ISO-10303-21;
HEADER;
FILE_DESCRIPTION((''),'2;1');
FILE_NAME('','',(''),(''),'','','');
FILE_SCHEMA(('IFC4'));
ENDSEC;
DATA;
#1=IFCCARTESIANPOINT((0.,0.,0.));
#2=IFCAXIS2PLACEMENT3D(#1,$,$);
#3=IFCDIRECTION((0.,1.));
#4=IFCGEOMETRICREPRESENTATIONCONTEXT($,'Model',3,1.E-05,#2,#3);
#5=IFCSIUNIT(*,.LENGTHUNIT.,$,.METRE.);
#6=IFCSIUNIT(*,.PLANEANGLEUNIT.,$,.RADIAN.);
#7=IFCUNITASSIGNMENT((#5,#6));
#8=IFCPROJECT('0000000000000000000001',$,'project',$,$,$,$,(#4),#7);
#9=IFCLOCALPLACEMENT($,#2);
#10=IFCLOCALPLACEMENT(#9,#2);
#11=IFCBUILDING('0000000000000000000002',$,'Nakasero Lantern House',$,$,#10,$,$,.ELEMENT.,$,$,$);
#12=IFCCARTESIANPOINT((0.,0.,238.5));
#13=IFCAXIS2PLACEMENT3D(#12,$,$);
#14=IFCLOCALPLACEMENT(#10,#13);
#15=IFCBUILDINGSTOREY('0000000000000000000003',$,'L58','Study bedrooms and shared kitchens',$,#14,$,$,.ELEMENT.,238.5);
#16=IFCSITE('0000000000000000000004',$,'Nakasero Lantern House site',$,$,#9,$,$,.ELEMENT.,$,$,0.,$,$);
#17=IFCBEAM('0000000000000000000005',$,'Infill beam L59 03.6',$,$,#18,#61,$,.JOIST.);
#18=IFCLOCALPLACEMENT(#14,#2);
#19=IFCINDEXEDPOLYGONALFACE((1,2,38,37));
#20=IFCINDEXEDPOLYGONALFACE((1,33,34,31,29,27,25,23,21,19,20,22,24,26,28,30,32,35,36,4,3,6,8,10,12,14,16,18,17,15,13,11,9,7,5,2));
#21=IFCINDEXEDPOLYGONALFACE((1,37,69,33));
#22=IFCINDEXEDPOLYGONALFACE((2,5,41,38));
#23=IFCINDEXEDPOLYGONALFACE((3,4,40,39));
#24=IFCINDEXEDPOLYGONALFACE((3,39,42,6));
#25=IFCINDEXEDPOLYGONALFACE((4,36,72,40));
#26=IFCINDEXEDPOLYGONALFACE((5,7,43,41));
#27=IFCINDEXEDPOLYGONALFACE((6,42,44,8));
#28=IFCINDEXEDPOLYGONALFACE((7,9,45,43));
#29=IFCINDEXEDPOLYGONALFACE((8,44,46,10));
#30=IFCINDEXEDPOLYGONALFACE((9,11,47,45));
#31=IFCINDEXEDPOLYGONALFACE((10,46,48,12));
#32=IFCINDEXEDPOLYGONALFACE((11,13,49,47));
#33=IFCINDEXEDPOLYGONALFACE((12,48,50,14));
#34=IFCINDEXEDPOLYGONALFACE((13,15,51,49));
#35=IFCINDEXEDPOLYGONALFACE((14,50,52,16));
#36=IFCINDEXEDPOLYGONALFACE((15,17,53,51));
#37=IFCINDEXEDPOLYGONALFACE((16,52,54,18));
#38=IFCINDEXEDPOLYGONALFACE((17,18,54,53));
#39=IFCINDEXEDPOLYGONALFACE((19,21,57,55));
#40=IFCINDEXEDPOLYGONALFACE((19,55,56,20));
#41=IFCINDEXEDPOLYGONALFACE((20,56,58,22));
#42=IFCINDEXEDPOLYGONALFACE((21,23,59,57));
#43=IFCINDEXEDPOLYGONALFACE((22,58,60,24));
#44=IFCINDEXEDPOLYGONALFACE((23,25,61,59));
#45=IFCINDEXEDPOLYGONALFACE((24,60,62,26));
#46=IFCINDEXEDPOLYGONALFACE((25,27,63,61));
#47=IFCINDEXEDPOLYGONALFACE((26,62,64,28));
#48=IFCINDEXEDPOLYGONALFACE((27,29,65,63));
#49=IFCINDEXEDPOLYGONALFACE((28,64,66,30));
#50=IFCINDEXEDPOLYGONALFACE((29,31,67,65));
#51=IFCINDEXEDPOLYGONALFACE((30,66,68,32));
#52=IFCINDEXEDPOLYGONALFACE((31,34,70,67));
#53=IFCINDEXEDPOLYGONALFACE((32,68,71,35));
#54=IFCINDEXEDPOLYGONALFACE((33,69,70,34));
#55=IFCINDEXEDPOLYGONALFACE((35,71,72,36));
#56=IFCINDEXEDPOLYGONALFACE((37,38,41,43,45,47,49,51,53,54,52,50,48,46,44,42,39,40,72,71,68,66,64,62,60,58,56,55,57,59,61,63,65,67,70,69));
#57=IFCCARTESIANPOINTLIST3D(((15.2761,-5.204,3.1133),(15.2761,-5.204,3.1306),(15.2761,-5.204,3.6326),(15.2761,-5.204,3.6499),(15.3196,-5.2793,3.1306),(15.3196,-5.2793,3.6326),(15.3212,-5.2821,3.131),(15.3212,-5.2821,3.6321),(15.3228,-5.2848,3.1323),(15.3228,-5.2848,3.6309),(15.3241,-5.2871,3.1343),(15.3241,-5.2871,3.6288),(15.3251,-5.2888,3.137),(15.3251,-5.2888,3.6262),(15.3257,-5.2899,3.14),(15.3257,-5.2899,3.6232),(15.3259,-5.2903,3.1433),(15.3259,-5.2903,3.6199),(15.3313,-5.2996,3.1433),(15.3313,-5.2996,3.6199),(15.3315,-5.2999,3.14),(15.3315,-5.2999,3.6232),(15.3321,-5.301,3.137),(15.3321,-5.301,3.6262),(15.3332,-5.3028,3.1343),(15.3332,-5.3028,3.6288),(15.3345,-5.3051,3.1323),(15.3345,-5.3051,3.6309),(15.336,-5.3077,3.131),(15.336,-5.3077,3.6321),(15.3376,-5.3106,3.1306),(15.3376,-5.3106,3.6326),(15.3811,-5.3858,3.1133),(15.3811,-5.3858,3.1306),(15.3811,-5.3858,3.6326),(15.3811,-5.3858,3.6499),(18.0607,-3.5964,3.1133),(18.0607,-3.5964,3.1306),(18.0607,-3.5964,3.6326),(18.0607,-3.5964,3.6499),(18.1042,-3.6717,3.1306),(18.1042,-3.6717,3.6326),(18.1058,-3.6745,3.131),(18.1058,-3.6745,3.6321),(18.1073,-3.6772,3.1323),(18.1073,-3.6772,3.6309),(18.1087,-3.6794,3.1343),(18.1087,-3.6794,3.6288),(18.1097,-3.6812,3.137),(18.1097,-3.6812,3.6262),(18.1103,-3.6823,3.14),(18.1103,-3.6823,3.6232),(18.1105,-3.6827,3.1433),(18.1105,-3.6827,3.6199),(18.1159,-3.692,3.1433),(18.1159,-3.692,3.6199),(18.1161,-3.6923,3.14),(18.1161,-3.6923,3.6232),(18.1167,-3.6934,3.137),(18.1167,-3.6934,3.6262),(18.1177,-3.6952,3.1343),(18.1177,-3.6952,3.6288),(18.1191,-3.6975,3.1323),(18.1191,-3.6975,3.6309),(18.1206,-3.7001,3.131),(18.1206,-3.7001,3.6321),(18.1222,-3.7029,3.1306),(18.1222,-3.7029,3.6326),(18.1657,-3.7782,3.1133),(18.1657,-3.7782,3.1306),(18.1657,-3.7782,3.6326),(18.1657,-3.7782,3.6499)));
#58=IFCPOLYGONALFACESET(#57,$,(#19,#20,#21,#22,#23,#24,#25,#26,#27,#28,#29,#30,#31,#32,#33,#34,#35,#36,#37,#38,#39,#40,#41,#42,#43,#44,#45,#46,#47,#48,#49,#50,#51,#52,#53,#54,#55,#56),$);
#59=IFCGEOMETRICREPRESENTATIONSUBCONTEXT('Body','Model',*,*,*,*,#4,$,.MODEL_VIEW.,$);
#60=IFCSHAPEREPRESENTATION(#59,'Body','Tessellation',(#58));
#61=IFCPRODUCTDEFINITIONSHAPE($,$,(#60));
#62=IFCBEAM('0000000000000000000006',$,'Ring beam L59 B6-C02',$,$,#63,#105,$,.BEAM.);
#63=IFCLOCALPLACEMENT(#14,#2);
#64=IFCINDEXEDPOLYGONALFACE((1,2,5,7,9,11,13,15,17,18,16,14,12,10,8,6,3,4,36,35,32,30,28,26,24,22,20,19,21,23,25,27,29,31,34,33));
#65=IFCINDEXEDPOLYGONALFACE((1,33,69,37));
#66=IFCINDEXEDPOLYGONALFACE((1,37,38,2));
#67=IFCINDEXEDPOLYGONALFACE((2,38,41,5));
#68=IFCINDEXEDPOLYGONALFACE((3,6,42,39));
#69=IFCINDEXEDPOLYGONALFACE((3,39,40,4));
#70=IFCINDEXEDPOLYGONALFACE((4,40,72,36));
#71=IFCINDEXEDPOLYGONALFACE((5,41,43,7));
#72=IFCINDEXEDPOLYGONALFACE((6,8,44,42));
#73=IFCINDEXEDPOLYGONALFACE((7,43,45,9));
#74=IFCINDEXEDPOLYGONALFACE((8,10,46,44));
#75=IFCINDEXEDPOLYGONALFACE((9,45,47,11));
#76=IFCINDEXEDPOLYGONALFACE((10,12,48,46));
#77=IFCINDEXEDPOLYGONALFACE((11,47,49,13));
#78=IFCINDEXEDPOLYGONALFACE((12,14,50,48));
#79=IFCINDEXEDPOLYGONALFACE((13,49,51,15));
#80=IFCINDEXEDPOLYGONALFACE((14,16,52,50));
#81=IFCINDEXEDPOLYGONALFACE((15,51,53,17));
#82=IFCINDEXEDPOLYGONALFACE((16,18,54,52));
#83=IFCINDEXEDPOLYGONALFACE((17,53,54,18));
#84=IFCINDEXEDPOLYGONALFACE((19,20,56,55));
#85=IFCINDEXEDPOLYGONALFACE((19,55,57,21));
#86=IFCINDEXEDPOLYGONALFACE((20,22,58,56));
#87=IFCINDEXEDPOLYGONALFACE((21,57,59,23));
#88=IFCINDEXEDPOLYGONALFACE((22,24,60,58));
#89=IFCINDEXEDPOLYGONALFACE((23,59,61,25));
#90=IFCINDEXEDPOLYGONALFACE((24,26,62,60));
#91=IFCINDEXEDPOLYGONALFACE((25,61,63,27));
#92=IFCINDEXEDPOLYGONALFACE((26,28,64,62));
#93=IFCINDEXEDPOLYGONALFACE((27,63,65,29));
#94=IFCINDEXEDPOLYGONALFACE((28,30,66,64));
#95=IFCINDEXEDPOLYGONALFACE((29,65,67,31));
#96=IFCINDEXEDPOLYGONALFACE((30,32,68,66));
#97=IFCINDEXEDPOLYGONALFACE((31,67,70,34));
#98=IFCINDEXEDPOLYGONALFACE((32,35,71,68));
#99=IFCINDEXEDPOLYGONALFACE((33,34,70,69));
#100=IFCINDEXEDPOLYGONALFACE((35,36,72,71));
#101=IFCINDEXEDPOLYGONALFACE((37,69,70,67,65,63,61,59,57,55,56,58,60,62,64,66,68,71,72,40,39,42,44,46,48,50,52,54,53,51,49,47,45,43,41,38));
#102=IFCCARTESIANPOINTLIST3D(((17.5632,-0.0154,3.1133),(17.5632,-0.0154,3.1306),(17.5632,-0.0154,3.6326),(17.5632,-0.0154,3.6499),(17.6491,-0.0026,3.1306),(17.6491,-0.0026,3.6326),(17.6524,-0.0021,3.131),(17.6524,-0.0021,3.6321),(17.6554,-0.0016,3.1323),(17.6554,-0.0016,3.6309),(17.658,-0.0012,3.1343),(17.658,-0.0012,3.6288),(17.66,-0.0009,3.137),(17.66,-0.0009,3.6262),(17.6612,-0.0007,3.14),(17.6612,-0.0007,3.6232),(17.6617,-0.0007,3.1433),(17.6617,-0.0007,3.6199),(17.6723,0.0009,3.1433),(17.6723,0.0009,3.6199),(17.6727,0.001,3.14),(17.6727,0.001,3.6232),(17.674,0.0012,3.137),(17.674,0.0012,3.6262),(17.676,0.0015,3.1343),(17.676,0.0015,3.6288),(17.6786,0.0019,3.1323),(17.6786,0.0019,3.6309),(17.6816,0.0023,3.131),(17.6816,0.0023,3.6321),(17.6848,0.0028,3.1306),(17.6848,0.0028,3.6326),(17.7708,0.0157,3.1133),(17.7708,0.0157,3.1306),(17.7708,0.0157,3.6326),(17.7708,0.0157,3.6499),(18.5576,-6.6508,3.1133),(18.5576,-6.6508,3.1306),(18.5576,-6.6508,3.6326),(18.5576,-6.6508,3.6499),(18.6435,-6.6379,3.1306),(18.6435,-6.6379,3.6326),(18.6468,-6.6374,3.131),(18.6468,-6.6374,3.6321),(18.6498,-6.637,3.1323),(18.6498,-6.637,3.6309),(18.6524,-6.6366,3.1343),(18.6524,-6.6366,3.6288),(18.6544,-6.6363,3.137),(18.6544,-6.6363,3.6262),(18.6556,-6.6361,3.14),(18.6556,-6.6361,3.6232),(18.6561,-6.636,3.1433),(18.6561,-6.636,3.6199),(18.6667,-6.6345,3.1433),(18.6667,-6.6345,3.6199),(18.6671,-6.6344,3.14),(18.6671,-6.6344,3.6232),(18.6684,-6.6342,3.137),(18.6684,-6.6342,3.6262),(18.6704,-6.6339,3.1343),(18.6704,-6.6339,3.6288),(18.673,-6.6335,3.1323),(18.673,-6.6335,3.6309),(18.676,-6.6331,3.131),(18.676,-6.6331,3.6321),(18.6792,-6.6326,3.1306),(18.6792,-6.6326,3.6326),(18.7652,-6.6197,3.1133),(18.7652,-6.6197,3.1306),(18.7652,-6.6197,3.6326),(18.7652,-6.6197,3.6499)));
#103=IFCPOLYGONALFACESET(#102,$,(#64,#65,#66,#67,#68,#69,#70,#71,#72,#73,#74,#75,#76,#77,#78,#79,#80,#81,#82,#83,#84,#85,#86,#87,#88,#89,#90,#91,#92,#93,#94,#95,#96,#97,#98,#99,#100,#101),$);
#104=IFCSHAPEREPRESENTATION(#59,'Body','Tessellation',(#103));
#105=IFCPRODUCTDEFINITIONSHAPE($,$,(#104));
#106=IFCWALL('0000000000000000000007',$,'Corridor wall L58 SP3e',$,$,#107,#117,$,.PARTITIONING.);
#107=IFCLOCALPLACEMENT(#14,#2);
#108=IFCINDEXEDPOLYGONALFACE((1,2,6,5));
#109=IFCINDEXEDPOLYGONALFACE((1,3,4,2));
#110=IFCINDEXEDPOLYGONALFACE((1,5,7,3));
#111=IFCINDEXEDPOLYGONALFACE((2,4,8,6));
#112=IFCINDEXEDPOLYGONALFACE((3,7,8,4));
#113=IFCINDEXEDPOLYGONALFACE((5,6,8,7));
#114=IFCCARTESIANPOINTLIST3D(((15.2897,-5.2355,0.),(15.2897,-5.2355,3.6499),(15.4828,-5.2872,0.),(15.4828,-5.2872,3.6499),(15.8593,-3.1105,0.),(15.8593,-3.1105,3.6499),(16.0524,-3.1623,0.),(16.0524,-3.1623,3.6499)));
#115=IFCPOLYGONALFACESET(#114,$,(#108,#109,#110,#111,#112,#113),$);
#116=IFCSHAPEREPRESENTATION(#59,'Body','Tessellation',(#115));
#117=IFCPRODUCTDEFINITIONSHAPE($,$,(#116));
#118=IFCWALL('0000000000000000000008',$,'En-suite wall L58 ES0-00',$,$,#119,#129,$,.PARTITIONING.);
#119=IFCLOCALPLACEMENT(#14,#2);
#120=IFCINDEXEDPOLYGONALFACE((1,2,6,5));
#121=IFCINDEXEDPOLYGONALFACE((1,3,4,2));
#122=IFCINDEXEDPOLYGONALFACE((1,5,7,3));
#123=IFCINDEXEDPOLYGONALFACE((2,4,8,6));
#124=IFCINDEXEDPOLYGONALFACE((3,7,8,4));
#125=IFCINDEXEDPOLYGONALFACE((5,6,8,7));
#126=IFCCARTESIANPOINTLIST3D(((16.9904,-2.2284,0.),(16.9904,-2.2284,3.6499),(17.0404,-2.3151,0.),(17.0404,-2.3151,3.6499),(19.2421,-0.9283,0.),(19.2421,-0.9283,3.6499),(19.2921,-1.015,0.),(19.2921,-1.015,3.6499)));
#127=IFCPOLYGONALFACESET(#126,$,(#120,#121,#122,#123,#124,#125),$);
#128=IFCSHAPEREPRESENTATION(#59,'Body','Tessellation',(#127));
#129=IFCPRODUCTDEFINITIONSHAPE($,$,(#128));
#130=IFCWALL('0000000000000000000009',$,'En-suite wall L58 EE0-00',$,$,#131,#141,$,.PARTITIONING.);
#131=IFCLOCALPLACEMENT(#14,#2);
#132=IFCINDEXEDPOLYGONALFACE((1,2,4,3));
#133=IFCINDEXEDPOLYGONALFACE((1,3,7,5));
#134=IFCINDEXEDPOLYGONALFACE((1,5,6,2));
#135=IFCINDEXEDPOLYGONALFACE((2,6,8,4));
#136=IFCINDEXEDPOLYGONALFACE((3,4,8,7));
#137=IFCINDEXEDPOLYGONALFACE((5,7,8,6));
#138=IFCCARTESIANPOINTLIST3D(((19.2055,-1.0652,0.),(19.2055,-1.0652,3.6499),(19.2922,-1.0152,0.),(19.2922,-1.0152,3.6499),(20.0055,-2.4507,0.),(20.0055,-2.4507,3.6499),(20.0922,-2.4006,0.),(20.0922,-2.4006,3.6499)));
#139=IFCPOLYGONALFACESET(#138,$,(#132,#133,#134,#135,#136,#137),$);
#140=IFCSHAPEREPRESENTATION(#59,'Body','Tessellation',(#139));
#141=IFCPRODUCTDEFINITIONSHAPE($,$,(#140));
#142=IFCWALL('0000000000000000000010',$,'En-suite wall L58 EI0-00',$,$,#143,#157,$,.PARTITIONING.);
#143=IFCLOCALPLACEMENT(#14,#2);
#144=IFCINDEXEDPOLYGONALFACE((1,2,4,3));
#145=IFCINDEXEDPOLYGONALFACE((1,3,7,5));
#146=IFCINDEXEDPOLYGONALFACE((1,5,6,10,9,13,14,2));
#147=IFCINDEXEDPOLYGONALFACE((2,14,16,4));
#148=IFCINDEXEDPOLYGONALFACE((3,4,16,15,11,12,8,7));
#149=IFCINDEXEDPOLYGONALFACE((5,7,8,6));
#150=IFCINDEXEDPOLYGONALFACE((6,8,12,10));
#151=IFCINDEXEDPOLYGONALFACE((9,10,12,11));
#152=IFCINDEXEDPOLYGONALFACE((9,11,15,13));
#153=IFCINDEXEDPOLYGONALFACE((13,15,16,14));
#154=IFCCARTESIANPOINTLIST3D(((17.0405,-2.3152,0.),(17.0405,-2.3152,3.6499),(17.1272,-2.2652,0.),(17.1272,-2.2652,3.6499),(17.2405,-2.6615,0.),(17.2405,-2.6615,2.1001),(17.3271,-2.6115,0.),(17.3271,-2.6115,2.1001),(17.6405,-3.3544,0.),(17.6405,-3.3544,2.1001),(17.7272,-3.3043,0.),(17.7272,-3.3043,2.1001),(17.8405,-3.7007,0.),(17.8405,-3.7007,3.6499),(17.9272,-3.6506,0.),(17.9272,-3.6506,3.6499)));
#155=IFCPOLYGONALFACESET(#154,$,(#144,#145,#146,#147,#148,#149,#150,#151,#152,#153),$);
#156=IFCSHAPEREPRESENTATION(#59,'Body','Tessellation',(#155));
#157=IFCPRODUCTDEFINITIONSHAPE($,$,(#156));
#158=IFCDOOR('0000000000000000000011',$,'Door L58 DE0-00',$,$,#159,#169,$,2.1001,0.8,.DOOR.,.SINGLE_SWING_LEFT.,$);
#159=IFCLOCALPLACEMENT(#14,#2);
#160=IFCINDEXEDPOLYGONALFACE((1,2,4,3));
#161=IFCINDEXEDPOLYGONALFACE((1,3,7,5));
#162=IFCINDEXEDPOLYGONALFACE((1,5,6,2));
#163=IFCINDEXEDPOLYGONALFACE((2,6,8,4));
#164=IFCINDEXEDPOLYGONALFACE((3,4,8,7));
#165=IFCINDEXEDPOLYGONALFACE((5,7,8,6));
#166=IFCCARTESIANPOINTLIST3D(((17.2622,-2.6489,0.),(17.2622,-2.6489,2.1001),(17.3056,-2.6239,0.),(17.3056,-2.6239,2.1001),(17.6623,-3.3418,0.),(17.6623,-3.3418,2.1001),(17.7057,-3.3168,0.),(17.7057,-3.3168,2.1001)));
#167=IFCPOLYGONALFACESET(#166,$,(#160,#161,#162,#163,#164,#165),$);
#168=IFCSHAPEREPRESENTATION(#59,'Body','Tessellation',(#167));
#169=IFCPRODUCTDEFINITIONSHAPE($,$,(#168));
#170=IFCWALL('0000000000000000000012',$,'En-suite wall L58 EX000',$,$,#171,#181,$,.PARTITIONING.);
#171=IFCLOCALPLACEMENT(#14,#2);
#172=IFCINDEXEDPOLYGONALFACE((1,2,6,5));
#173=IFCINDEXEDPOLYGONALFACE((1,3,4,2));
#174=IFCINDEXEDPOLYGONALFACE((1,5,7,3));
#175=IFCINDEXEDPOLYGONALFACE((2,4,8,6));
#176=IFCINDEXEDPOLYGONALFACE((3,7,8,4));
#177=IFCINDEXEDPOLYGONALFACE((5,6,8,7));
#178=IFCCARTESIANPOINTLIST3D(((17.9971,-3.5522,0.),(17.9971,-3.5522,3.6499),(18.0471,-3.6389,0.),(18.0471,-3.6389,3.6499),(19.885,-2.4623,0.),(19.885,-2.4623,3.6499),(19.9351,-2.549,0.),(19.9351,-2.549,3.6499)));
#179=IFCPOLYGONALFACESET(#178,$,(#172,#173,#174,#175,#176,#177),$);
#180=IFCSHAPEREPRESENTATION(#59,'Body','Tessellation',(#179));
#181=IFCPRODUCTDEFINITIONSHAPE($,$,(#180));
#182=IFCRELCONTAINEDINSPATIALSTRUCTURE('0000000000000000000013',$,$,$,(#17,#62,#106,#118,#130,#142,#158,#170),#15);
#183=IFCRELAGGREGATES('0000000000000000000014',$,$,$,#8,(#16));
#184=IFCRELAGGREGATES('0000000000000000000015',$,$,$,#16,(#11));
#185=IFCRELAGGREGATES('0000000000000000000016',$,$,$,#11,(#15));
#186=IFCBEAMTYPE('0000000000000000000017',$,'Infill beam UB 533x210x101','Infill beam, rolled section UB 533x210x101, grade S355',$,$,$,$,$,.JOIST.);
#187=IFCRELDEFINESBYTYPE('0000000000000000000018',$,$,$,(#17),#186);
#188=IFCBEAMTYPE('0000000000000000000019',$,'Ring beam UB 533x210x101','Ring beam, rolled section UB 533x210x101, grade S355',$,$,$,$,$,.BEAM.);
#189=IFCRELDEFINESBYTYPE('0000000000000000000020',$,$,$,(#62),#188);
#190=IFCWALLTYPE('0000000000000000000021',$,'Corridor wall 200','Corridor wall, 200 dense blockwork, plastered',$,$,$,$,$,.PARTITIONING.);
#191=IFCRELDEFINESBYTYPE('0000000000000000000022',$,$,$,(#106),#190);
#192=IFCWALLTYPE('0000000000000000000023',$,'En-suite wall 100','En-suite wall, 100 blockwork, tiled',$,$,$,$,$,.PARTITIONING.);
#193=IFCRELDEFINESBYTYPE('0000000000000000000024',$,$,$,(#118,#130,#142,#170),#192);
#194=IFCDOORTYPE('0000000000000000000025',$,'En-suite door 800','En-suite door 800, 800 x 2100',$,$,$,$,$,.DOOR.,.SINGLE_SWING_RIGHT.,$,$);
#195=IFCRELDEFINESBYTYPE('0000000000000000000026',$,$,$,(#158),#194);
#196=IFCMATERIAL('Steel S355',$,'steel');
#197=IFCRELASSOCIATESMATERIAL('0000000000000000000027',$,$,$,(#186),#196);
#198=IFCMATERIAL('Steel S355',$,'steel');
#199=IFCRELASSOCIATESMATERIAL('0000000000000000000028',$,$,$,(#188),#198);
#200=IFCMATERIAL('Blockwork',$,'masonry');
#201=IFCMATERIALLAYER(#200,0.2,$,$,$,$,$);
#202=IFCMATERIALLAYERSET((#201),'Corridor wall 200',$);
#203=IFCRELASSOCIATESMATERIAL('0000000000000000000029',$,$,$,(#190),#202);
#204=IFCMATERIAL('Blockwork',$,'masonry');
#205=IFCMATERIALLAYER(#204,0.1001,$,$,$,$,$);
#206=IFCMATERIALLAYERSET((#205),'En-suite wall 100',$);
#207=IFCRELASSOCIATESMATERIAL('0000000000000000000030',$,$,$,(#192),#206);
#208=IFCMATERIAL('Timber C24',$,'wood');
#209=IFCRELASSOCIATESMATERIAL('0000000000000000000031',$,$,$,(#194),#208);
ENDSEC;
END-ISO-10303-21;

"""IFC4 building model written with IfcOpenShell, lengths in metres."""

from ifc_helpers import new_model, si_unit, direction, frame, frame_2d, origin, origin_2d, place, context, subcontext, project, spatial, rectangle, i_section, extrude, material, layer, layer_set, material_profile, profile_set, type_object, element, fill, save


model = new_model("IFC4")

# Units and contexts
model_context = context("Model", 3, precision=1e-05, world=origin(), true_north=direction((0.0, 1.0)))
body_context = subcontext(model_context, "Body", "Model", "MODEL_VIEW")
ifc_project = project(units=[si_unit("LENGTHUNIT", "METRE"), si_unit("PLANEANGLEUNIT", "RADIAN")], contexts=[model_context])

# Site, building, storey
site_placement = place(None, origin())
site = spatial("IfcSite", under=ifc_project, at=site_placement, Name="Nakasero Lantern House site", CompositionType="ELEMENT", RefElevation=0.0)
building_placement = place(site_placement, origin())
building = spatial("IfcBuilding", under=site, at=building_placement, Name="Nakasero Lantern House", CompositionType="ELEMENT")
storey_placement = place(building_placement, frame((0.0, 0.0, 238.5)))
storey = spatial("IfcBuildingStorey", under=building, at=storey_placement, Name="L58", Description="Study bedrooms and shared kitchens", CompositionType="ELEMENT", Elevation=238.5)

# Beams
ifc_material_1 = material(Name="Steel S355", Category="steel")
ifc_material_profile_1 = material_profile(ifc_material_1, i_section(OverallWidth=0.21, OverallDepth=0.5366, WebThickness=0.0107, FlangeThickness=0.0173, FilletRadius=0.0127, at=origin_2d()), Name="UB 533x210x101")
ifc_profile_set_1 = profile_set([ifc_material_profile_1], Name="Steel S355")
beam_type_1 = type_object("IfcBeamType", Name="Infill beam UB 533x210x101", Description="Infill beam, rolled section UB 533x210x101, grade S355", PredefinedType="JOIST", material=ifc_profile_set_1)
beam_1_placement = place(storey_placement, frame((15.3286, -5.2949, 3.3816), z_axis=(0.866034, 0.499985, 0.0), x_axis=(-0.499985, 0.866034, 0.0)))
element("IfcBeam", 1, at=beam_1_placement, inside=storey, type_object=beam_type_1, Name="Infill beam L59 03.6", PredefinedType="JOIST", context=body_context, shape_type="SweptSolid", body=[
    extrude(i_section(OverallWidth=0.21, OverallDepth=0.5366, WebThickness=0.0107, FlangeThickness=0.0173, FilletRadius=0.0127, at=origin_2d()), origin(), (0.0, 0.0, 1.0), 3.2153),
])
ifc_material_2 = material(Name="Steel S355", Category="steel")
ifc_material_profile_2 = material_profile(ifc_material_2, i_section(OverallWidth=0.21, OverallDepth=0.5366, WebThickness=0.0107, FlangeThickness=0.0173, FilletRadius=0.0127, at=origin_2d()), Name="UB 533x210x101")
ifc_profile_set_2 = profile_set([ifc_material_profile_2], Name="Steel S355")
beam_type_2 = type_object("IfcBeamType", Name="Ring beam UB 533x210x101", Description="Ring beam, rolled section UB 533x210x101, grade S355", PredefinedType="BEAM", material=ifc_profile_set_2)
beam_2_placement = place(storey_placement, frame((18.6614, -6.6353, 3.3816), z_axis=(-0.148209, 0.988956, 0.0), x_axis=(-0.988956, -0.148209, 0.0)))
element("IfcBeam", 2, at=beam_2_placement, inside=storey, type_object=beam_type_2, Name="Ring beam L59 B6-C02", PredefinedType="BEAM", context=body_context, shape_type="SweptSolid", body=[
    extrude(i_section(OverallWidth=0.21, OverallDepth=0.5366, WebThickness=0.0107, FlangeThickness=0.0173, FilletRadius=0.0127, at=origin_2d()), origin(), (0.0, 0.0, 1.0), 6.7095),
])

# Walls
ifc_material_3 = material(Name="Blockwork", Category="masonry")
ifc_layer_1 = layer(ifc_material_3, 0.2)
ifc_layer_set_1 = layer_set([ifc_layer_1], Name="Corridor wall 200")
wall_type_1 = type_object("IfcWallType", Name="Corridor wall 200", Description="Corridor wall, 200 dense blockwork, plastered", PredefinedType="PARTITIONING", material=ifc_layer_set_1)
wall_1_placement = place(storey_placement, frame((15.3862, -5.2615, 0.0), z_axis=(0.0, 0.0, 1.0), x_axis=(0.258899, 0.965904, 0.0)))
element("IfcWall", 3, at=wall_1_placement, inside=storey, type_object=wall_type_1, Name="Corridor wall L58 SP3e", PredefinedType="PARTITIONING", context=body_context, shape_type="SweptSolid", body=[
    extrude(rectangle(XDim=2.2, YDim=0.2, at=frame_2d((1.1001, 0.0))), origin(), (0.0, 0.0, 1.0), 3.6499),
])
ifc_material_4 = material(Name="Blockwork", Category="masonry")
ifc_layer_2 = layer(ifc_material_4, 0.1001)
ifc_layer_set_2 = layer_set([ifc_layer_2], Name="En-suite wall 100")
wall_type_2 = type_object("IfcWallType", Name="En-suite wall 100", Description="En-suite wall, 100 blockwork, tiled", PredefinedType="PARTITIONING", material=ifc_layer_set_2)
wall_2_placement = place(storey_placement, frame((17.0154, -2.2717, 0.0), z_axis=(0.0, 0.0, 1.0), x_axis=(0.866021, 0.500007, 0.0)))
element("IfcWall", 4, at=wall_2_placement, inside=storey, type_object=wall_type_2, Name="En-suite wall L58 ES0-00", PredefinedType="PARTITIONING", context=body_context, shape_type="SweptSolid", body=[
    extrude(rectangle(XDim=2.6001, YDim=0.1001, at=frame_2d((1.3, 0.0))), origin(), (0.0, 0.0, 1.0), 3.6499),
])
wall_3_placement = place(storey_placement, frame((20.0488, -2.4255, 0.0), z_axis=(0.0, 0.0, 1.0), x_axis=(-0.500061, 0.86599, 0.0)))
element("IfcWall", 5, at=wall_3_placement, inside=storey, type_object=wall_type_2, Name="En-suite wall L58 EE0-00", PredefinedType="PARTITIONING", context=body_context, shape_type="SweptSolid", body=[
    extrude(rectangle(XDim=1.5999, YDim=0.1001, at=frame_2d((0.7998, 0.0))), origin(), (0.0, 0.0, 1.0), 3.6499),
])

# Wall, opening, door
wall_4_placement = place(storey_placement, frame((17.8838, -3.6755, 0.0), z_axis=(0.0, 0.0, 1.0), x_axis=(-0.500061, 0.86599, 0.0)))
wall_4 = element("IfcWall", 6, at=wall_4_placement, inside=storey, type_object=wall_type_2, Name="En-suite wall L58 EI0-00", PredefinedType="PARTITIONING", context=body_context, shape_type="SweptSolid", body=[
    extrude(rectangle(XDim=1.5999, YDim=0.1001, at=frame_2d((0.7998, 0.0))), origin(), (0.0, 0.0, 1.0), 3.6499),
])
opening_1_placement = place(wall_4_placement, frame((0.3999, 0.0, 0.0)))
opening_1 = element("IfcOpeningElement", 7, at=opening_1_placement, cuts=wall_4, PredefinedType="OPENING", context=body_context, shape_type="SweptSolid", body=[
    extrude(rectangle(XDim=0.8, YDim=2.1001, at=frame_2d((0.3999, 1.05))), frame((0.0, 0.0701, 0.0), z_axis=(0.0, -1.0, 0.0), x_axis=(1.0, 0.0, 0.0)), (0.0, 0.0, 1.0), 0.1401),
])
ifc_material_5 = material(Name="Timber C24", Category="wood")
door_type_1 = type_object("IfcDoorType", Name="En-suite door 800", Description="En-suite door 800, 800 x 2100", OperationType="SINGLE_SWING_RIGHT", PredefinedType="DOOR", material=ifc_material_5)
door_1_placement = place(opening_1_placement, origin())
door_1 = element("IfcDoor", 8, at=door_1_placement, inside=storey, type_object=door_type_1, Name="Door L58 DE0-00", OperationType="SINGLE_SWING_LEFT", OverallHeight=2.1001, OverallWidth=0.8, PredefinedType="DOOR", context=body_context, shape_type="SweptSolid", body=[
    extrude(rectangle(XDim=0.8, YDim=2.1001, at=frame_2d((0.3999, 1.05))), frame((0.0, 0.0249, 0.0), z_axis=(0.0, -1.0, 0.0), x_axis=(1.0, 0.0, 0.0)), (0.0, 0.0, 1.0), 0.05),
])
fill(opening_1, door_1)

# Wall
wall_5_placement = place(storey_placement, frame((18.0222, -3.5955, 0.0), z_axis=(0.0, 0.0, 1.0), x_axis=(0.866057, 0.499945, 0.0)))
element("IfcWall", 9, at=wall_5_placement, inside=storey, type_object=wall_type_2, Name="En-suite wall L58 EX000", PredefinedType="PARTITIONING", context=body_context, shape_type="SweptSolid", body=[
    extrude(rectangle(XDim=2.1799, YDim=0.1001, at=frame_2d((1.0898, 0.0))), origin(), (0.0, 0.0, 1.0), 3.6499),
])

save(model, "model.ifc")
